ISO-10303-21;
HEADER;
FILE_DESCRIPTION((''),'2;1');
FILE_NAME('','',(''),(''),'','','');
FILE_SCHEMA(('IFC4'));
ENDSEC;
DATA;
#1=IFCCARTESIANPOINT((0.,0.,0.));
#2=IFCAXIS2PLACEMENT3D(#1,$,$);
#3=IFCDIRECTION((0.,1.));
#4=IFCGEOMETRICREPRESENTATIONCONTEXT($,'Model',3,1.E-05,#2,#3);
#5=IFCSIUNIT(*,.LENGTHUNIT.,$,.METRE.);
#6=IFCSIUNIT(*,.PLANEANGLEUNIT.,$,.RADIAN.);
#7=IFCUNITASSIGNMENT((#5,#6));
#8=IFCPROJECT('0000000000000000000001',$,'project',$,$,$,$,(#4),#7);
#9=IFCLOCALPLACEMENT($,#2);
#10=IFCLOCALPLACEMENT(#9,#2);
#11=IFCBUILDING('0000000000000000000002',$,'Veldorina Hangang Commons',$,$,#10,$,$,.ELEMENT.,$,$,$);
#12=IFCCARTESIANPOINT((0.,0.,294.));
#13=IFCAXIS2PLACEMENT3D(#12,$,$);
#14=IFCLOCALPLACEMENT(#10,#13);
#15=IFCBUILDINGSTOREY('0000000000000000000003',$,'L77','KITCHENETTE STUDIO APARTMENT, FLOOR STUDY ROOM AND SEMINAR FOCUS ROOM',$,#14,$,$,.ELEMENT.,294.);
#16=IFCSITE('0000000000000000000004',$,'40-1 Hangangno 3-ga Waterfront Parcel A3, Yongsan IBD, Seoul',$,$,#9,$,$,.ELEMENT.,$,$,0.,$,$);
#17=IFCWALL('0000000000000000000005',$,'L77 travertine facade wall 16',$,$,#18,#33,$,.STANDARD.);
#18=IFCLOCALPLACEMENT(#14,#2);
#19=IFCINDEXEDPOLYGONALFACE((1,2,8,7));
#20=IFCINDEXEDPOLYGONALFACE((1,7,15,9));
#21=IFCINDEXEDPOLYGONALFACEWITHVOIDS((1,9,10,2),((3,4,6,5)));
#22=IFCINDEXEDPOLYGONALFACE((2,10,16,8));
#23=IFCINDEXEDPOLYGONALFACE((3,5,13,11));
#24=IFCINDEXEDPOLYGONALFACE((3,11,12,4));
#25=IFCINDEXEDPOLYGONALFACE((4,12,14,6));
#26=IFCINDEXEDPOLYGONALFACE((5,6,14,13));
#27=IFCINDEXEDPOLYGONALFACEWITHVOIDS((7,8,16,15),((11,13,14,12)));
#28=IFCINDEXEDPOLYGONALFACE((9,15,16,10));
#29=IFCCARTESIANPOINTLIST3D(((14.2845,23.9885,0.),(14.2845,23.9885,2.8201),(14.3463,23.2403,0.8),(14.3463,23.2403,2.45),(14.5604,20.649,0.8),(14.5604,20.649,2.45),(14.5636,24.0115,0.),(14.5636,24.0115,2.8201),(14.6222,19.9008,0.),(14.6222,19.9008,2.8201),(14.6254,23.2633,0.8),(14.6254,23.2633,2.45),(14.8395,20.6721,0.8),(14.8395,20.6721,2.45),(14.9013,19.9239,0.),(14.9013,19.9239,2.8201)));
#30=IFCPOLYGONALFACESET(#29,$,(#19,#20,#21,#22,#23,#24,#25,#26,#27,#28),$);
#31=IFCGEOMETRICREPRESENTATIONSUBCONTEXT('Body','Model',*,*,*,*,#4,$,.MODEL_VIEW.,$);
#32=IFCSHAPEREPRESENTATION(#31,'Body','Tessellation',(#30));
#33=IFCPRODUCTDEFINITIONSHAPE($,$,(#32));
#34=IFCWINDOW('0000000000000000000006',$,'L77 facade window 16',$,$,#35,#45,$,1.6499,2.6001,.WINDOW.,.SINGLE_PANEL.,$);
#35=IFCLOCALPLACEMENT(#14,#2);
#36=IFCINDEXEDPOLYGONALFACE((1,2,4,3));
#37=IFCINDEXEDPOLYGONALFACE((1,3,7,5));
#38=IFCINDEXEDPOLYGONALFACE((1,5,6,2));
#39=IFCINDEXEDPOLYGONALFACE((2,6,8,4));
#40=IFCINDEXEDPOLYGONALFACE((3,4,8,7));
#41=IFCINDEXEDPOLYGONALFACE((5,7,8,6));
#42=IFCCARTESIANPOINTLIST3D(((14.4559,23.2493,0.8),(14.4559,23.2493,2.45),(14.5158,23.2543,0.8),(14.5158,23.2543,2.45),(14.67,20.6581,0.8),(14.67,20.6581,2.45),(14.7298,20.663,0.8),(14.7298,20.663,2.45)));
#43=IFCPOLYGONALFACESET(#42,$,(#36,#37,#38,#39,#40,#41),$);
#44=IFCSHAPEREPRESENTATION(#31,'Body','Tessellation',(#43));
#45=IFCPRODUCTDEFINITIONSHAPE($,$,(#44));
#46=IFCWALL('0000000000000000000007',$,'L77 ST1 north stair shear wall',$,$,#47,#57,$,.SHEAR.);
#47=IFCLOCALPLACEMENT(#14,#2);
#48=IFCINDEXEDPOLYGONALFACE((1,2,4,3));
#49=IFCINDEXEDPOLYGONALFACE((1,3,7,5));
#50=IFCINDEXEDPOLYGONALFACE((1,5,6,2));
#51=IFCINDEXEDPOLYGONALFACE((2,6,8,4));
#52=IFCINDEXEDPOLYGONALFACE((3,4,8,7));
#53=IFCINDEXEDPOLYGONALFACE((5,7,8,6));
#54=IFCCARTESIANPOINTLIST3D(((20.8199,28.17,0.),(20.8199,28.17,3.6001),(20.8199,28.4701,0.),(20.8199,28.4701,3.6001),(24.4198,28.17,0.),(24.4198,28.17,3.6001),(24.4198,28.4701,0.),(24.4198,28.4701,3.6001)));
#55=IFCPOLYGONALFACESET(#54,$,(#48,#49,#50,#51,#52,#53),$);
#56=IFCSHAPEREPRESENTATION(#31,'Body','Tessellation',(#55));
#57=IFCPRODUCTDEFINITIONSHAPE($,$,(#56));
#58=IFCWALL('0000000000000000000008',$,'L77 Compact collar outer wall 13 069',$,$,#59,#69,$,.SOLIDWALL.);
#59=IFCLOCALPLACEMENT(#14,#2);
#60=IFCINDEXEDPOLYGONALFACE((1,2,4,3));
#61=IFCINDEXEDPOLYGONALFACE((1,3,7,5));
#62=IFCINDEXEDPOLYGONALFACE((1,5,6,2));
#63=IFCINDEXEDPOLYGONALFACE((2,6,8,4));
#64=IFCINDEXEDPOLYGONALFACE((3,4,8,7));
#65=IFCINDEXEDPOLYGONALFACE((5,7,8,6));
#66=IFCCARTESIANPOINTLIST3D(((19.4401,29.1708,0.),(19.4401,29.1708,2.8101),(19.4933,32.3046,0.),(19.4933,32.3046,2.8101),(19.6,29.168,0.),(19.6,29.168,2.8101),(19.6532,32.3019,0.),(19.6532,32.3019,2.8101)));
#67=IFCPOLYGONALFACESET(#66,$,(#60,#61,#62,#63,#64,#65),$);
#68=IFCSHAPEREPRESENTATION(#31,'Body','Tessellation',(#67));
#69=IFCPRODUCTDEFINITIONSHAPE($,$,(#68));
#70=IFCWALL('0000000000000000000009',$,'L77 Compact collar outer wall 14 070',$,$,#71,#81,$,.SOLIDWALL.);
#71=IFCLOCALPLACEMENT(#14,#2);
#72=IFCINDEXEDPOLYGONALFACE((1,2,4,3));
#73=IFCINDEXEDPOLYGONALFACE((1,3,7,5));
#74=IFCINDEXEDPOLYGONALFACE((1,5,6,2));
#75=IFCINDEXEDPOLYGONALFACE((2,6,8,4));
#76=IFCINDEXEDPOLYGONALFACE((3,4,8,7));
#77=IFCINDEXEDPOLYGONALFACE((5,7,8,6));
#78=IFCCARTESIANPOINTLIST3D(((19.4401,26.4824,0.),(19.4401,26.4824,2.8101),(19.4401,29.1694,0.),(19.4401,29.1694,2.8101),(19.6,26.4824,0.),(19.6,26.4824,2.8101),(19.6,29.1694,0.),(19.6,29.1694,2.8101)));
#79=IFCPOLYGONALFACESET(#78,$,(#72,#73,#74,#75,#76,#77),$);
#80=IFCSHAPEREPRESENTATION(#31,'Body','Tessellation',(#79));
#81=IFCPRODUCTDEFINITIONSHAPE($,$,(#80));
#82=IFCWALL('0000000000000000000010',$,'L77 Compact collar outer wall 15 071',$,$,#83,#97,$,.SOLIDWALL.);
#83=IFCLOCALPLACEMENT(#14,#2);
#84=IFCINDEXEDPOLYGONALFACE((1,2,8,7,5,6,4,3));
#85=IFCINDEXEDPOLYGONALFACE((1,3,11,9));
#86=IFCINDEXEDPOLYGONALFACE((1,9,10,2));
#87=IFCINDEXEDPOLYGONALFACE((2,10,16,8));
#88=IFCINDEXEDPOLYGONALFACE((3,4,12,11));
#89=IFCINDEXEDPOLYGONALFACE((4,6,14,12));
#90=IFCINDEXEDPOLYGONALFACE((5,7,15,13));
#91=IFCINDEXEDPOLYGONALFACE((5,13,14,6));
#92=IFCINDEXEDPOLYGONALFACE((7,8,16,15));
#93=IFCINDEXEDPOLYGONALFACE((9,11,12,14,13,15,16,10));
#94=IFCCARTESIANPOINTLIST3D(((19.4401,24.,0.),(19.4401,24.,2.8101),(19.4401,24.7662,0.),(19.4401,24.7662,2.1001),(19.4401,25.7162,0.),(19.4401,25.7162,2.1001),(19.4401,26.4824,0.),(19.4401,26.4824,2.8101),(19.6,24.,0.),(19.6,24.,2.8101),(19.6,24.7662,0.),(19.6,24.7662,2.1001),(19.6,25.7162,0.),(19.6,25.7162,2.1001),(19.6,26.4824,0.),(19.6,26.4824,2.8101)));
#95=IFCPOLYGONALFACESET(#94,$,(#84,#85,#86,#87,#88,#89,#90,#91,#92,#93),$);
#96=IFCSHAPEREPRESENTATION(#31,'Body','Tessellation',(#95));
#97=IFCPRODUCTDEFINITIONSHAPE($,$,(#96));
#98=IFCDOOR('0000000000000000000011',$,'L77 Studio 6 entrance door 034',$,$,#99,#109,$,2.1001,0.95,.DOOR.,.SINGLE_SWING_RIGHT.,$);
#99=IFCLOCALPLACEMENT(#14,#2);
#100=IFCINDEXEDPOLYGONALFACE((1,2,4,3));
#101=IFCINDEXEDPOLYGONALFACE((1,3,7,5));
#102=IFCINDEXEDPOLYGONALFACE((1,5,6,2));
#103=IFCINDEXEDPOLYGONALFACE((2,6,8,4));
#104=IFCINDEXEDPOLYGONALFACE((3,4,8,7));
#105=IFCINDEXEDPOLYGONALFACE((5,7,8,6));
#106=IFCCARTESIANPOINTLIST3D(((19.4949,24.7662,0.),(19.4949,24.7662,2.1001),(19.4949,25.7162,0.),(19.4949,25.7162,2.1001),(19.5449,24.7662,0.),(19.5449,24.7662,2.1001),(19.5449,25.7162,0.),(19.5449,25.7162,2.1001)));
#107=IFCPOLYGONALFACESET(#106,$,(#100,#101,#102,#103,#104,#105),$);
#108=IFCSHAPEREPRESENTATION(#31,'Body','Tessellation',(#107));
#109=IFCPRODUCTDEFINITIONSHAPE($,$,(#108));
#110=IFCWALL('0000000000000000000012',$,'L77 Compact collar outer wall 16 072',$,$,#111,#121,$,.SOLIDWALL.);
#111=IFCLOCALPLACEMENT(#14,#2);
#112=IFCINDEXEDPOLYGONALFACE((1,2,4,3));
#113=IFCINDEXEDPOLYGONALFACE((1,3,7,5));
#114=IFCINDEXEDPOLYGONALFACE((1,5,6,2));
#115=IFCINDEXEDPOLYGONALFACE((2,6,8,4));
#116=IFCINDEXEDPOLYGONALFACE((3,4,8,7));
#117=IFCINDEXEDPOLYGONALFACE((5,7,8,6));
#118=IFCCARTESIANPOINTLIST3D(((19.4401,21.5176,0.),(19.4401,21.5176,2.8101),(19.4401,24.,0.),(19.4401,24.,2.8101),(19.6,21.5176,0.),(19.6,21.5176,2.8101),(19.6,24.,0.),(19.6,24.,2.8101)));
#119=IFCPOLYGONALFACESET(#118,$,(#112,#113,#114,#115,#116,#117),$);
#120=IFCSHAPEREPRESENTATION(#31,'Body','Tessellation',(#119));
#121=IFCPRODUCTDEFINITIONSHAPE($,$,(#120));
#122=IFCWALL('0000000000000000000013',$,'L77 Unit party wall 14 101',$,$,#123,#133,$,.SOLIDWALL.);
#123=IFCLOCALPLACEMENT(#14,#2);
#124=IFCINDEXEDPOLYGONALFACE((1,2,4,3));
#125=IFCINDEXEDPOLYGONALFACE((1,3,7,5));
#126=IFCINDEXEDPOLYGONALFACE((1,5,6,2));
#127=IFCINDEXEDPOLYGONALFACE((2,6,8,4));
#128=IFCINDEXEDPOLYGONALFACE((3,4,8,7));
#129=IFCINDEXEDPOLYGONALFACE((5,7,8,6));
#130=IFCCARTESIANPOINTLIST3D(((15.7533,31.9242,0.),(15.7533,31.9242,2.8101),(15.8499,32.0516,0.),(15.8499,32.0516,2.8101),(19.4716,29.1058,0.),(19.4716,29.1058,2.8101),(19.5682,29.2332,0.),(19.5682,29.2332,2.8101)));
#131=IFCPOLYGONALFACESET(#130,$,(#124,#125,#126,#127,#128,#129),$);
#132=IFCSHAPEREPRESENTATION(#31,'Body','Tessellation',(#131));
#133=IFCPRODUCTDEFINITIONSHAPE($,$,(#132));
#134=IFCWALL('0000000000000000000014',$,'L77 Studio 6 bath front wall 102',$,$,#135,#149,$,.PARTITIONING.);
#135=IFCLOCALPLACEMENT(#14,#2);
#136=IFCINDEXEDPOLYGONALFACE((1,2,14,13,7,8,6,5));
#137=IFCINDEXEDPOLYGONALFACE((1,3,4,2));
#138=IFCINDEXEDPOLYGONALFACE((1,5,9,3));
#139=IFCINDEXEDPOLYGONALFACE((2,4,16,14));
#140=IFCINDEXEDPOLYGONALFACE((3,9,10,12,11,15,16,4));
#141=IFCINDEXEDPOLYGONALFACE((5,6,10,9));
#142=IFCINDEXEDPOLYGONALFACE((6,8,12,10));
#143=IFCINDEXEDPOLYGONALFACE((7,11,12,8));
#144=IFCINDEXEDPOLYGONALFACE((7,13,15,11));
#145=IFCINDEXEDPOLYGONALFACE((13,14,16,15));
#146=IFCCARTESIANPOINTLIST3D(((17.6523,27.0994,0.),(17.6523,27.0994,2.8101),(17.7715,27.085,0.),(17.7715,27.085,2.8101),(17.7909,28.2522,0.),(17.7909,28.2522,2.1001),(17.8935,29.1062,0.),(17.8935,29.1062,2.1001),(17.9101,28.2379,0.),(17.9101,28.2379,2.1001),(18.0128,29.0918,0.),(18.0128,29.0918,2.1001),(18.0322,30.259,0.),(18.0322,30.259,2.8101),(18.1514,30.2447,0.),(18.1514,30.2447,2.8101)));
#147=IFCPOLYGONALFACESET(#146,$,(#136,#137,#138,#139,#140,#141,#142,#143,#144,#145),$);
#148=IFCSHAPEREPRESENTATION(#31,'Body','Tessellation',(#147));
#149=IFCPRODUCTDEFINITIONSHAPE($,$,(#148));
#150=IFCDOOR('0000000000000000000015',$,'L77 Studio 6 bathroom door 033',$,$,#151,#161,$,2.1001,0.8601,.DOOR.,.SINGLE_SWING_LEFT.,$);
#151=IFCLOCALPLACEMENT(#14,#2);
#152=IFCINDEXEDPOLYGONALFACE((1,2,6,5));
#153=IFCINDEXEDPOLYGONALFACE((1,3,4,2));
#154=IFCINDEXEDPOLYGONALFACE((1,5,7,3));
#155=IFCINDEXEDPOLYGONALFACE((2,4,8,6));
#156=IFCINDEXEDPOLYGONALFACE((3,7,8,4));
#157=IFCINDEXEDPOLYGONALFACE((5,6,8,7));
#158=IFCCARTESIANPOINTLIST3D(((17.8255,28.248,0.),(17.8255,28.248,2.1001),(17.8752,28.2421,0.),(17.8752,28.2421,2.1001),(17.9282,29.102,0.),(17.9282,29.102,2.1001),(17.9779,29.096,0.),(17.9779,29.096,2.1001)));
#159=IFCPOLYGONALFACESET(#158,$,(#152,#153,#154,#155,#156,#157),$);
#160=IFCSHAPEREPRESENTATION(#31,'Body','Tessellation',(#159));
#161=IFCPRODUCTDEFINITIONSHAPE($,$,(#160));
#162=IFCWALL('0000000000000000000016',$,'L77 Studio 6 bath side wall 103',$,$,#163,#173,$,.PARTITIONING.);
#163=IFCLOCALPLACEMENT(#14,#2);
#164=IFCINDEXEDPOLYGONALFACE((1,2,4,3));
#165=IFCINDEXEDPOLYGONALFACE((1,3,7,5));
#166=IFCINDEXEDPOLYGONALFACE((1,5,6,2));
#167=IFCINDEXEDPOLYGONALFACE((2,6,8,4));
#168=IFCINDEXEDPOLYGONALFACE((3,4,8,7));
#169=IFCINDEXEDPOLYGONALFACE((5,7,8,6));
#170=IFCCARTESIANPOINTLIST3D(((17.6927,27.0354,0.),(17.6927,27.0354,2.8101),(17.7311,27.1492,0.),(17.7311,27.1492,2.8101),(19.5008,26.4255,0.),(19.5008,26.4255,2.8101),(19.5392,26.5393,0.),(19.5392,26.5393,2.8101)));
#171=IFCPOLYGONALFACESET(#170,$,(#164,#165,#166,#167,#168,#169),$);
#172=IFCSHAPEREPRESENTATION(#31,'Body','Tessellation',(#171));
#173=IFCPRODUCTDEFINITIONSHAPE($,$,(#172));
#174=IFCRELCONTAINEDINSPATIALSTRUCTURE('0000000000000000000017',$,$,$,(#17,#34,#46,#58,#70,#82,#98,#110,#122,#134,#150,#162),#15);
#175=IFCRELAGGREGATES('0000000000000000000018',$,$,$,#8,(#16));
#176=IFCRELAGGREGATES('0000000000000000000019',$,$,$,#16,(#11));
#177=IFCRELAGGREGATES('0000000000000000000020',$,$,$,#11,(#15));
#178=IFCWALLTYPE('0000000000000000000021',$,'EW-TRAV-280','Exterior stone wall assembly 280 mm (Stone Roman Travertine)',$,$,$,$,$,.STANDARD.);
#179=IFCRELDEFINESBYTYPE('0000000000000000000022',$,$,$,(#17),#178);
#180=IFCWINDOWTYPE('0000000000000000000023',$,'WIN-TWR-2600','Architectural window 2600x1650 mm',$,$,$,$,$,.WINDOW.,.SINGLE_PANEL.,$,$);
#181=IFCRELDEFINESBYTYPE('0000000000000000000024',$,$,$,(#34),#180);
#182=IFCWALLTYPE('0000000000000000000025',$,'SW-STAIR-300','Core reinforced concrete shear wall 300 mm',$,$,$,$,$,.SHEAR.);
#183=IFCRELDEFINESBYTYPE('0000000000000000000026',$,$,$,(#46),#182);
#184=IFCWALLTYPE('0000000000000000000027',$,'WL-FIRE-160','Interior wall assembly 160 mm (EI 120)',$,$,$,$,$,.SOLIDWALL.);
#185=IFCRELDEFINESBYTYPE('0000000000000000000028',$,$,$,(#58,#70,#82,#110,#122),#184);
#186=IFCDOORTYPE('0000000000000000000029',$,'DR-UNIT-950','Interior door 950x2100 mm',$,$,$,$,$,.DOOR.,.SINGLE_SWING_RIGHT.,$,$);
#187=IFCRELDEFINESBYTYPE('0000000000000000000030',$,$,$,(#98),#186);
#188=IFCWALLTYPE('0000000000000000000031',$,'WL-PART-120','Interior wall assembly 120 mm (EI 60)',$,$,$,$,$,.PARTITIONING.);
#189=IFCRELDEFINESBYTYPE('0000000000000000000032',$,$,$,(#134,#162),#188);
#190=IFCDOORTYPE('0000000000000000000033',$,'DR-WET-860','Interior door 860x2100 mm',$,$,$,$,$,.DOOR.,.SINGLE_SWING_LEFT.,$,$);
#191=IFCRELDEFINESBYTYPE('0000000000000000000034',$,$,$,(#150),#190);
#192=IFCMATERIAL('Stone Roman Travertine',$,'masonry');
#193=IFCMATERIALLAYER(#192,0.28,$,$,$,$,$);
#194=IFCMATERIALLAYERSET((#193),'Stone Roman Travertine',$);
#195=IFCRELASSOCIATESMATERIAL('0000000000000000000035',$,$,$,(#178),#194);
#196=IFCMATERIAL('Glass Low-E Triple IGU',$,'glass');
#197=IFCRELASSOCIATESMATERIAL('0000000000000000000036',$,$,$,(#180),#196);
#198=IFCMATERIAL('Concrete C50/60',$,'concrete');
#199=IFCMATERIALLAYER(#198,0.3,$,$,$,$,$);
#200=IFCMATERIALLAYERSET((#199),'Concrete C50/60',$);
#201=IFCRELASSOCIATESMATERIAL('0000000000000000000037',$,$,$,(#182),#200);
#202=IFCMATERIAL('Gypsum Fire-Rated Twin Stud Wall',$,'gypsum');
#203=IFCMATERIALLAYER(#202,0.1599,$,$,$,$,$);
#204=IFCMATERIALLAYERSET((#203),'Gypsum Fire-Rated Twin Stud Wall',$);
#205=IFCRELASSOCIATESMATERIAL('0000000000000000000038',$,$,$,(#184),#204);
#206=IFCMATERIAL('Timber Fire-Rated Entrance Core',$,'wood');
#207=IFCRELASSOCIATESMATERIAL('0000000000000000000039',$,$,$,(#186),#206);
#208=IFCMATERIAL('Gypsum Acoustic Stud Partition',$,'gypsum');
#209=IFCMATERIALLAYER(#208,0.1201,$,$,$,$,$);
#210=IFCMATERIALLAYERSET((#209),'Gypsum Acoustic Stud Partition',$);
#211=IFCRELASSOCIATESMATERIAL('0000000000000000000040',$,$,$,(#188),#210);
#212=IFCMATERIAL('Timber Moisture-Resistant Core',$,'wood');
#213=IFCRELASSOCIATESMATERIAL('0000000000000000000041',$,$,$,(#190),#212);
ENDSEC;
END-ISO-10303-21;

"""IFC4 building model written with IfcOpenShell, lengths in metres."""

from ifc_helpers import new_model, si_unit, direction, frame, frame_2d, origin, place, context, subcontext, project, spatial, rectangle, extrude, material, layer, layer_set, type_object, element, fill, save


model = new_model("IFC4")

# Units and contexts
model_context = context("Model", 3, precision=1e-05, world=origin(), true_north=direction((0.0, 1.0)))
body_context = subcontext(model_context, "Body", "Model", "MODEL_VIEW")
ifc_project = project(units=[si_unit("LENGTHUNIT", "METRE"), si_unit("PLANEANGLEUNIT", "RADIAN")], contexts=[model_context])

# Site, building, storey
site_placement = place(None, origin())
site = spatial("IfcSite", under=ifc_project, at=site_placement, Name="40-1 Hangangno 3-ga Waterfront Parcel A3, Yongsan IBD, Seoul", CompositionType="ELEMENT", RefElevation=0.0)
building_placement = place(site_placement, origin())
building = spatial("IfcBuilding", under=site, at=building_placement, Name="Veldorina Hangang Commons", CompositionType="ELEMENT")
storey_placement = place(building_placement, frame((0.0, 0.0, 294.0)))
storey = spatial("IfcBuildingStorey", under=building, at=storey_placement, Name="L77", Description="KITCHENETTE STUDIO APARTMENT, FLOOR STUDY ROOM AND SEMINAR FOCUS ROOM", CompositionType="ELEMENT", Elevation=294.0)

# Shared definitions
ifc_material_1 = material(Name="Stone Roman Travertine", Category="masonry")
ifc_layer_1 = layer(ifc_material_1, 0.28)
ifc_layer_set_1 = layer_set([ifc_layer_1], Name="Stone Roman Travertine")
wall_type_1 = type_object("IfcWallType", Name="EW-TRAV-280", Description="Exterior stone wall assembly 280 mm (Stone Roman Travertine)", PredefinedType="STANDARD", material=ifc_layer_set_1)

# Wall, opening, window
wall_1_placement = place(storey_placement, frame((14.4241, 24.0, 0.0), z_axis=(0.0, 0.0, 1.0), x_axis=(0.082321, -0.996606, 0.0)))
wall_1 = element("IfcWall", 1, at=wall_1_placement, inside=storey, type_object=wall_type_1, Name="L77 travertine facade wall 16", PredefinedType="STANDARD", context=body_context, shape_type="SweptSolid", body=[
    extrude(rectangle(XDim=4.1016, YDim=0.28, at=frame_2d((2.0508, 0.0))), origin(), (0.0, 0.0, 1.0), 2.8201),
])
opening_1_placement = place(wall_1_placement, frame((0.7507, 0.0, 0.8)))
opening_1 = element("IfcOpeningElement", 2, at=opening_1_placement, cuts=wall_1, PredefinedType="OPENING", context=body_context, shape_type="SweptSolid", body=[
    extrude(rectangle(XDim=2.6001, YDim=1.6499, at=frame_2d((1.3, 0.825))), frame((0.0, 0.1499, 0.0), z_axis=(0.0, -1.0, 0.0), x_axis=(1.0, 0.0, 0.0)), (0.0, 0.0, 1.0), 0.3),
])
ifc_material_2 = material(Name="Glass Low-E Triple IGU", Category="glass")
window_type = type_object("IfcWindowType", Name="WIN-TWR-2600", Description="Architectural window 2600x1650 mm", PartitioningType="SINGLE_PANEL", PredefinedType="WINDOW", material=ifc_material_2)
window_placement = place(opening_1_placement, origin())
window = element("IfcWindow", 3, at=window_placement, inside=storey, type_object=window_type, Name="L77 facade window 16", OverallHeight=1.6499, OverallWidth=2.6001, PartitioningType="SINGLE_PANEL", PredefinedType="WINDOW", context=body_context, shape_type="SweptSolid", body=[
    extrude(rectangle(XDim=2.6001, YDim=1.6499, at=frame_2d((1.3, 0.825))), frame((0.0, 0.03, 0.0), z_axis=(0.0, -1.0, 0.0), x_axis=(1.0, 0.0, 0.0)), (0.0, 0.0, 1.0), 0.0601),
])
fill(opening_1, window)

# Walls
ifc_material_3 = material(Name="Concrete C50/60", Category="concrete")
ifc_layer_2 = layer(ifc_material_3, 0.3)
ifc_layer_set_2 = layer_set([ifc_layer_2], Name="Concrete C50/60")
wall_type_2 = type_object("IfcWallType", Name="SW-STAIR-300", Description="Core reinforced concrete shear wall 300 mm", PredefinedType="SHEAR", material=ifc_layer_set_2)
wall_2_placement = place(storey_placement, frame((20.8201, 28.3201, 0.0), z_axis=(0.0, 0.0, 1.0), x_axis=(1.0, 0.0, 0.0)))
element("IfcWall", 4, at=wall_2_placement, inside=storey, type_object=wall_type_2, Name="L77 ST1 north stair shear wall", PredefinedType="SHEAR", context=body_context, shape_type="SweptSolid", body=[
    extrude(rectangle(XDim=3.5999, YDim=0.3, at=frame_2d((1.7998, 0.0))), origin(), (0.0, 0.0, 1.0), 3.6001),
])
ifc_material_4 = material(Name="Gypsum Fire-Rated Twin Stud Wall", Category="gypsum")
ifc_layer_3 = layer(ifc_material_4, 0.1599)
ifc_layer_set_3 = layer_set([ifc_layer_3], Name="Gypsum Fire-Rated Twin Stud Wall")
wall_type_3 = type_object("IfcWallType", Name="WL-FIRE-160", Description="Interior wall assembly 160 mm (EI 120)", PredefinedType="SOLIDWALL", material=ifc_layer_set_3)
wall_3_placement = place(storey_placement, frame((19.5732, 32.3032, 0.0), z_axis=(0.0, 0.0, 1.0), x_axis=(-0.016981, -0.999856, 0.0)))
element("IfcWall", 5, at=wall_3_placement, inside=storey, type_object=wall_type_3, Name="L77 Compact collar outer wall 13 069", PredefinedType="SOLIDWALL", context=body_context, shape_type="SweptSolid", body=[
    extrude(rectangle(XDim=3.1343, YDim=0.1599, at=frame_2d((1.5671, 0.0))), origin(), (0.0, 0.0, 1.0), 2.8101),
])
wall_4_placement = place(storey_placement, frame((19.52, 29.1694, 0.0), z_axis=(0.0, 0.0, 1.0), x_axis=(0.0, -1.0, 0.0)))
element("IfcWall", 6, at=wall_4_placement, inside=storey, type_object=wall_type_3, Name="L77 Compact collar outer wall 14 070", PredefinedType="SOLIDWALL", context=body_context, shape_type="SweptSolid", body=[
    extrude(rectangle(XDim=2.687, YDim=0.1599, at=frame_2d((1.3435, 0.0))), origin(), (0.0, 0.0, 1.0), 2.8101),
])

# Wall, opening, door
wall_5_placement = place(storey_placement, frame((19.52, 26.4824, 0.0), z_axis=(0.0, 0.0, 1.0), x_axis=(0.0, -1.0, 0.0)))
wall_5 = element("IfcWall", 7, at=wall_5_placement, inside=storey, type_object=wall_type_3, Name="L77 Compact collar outer wall 15 071", PredefinedType="SOLIDWALL", context=body_context, shape_type="SweptSolid", body=[
    extrude(rectangle(XDim=2.4824, YDim=0.1599, at=frame_2d((1.2412, 0.0))), origin(), (0.0, 0.0, 1.0), 2.8101),
])
opening_2_placement = place(wall_5_placement, frame((0.7661, 0.0, 0.0)))
opening_2 = element("IfcOpeningElement", 8, at=opening_2_placement, cuts=wall_5, PredefinedType="OPENING", context=body_context, shape_type="SweptSolid", body=[
    extrude(rectangle(XDim=0.95, YDim=2.1001, at=frame_2d((0.4751, 1.05))), frame((0.0, 0.0898, 0.0), z_axis=(0.0, -1.0, 0.0), x_axis=(1.0, 0.0, 0.0)), (0.0, 0.0, 1.0), 0.1799),
])
ifc_material_5 = material(Name="Timber Fire-Rated Entrance Core", Category="wood")
door_type_1 = type_object("IfcDoorType", Name="DR-UNIT-950", Description="Interior door 950x2100 mm", OperationType="SINGLE_SWING_RIGHT", PredefinedType="DOOR", material=ifc_material_5)
door_1_placement = place(opening_2_placement, origin())
door_1 = element("IfcDoor", 9, at=door_1_placement, inside=storey, type_object=door_type_1, Name="L77 Studio 6 entrance door 034", OperationType="SINGLE_SWING_RIGHT", OverallHeight=2.1001, OverallWidth=0.95, PredefinedType="DOOR", context=body_context, shape_type="SweptSolid", body=[
    extrude(rectangle(XDim=0.95, YDim=2.1001, at=frame_2d((0.4751, 1.05))), frame((0.0, 0.0249, 0.0), z_axis=(0.0, -1.0, 0.0), x_axis=(1.0, 0.0, 0.0)), (0.0, 0.0, 1.0), 0.05),
])
fill(opening_2, door_1)

# Walls
wall_6_placement = place(storey_placement, frame((19.52, 24.0, 0.0), z_axis=(0.0, 0.0, 1.0), x_axis=(0.0, -1.0, 0.0)))
element("IfcWall", 10, at=wall_6_placement, inside=storey, type_object=wall_type_3, Name="L77 Compact collar outer wall 16 072", PredefinedType="SOLIDWALL", context=body_context, shape_type="SweptSolid", body=[
    extrude(rectangle(XDim=2.4824, YDim=0.1599, at=frame_2d((1.2412, 0.0))), origin(), (0.0, 0.0, 1.0), 2.8101),
])
wall_7_placement = place(storey_placement, frame((19.52, 29.1694, 0.0), z_axis=(0.0, 0.0, 1.0), x_axis=(-0.796938, 0.604061, 0.0)))
element("IfcWall", 11, at=wall_7_placement, inside=storey, type_object=wall_type_3, Name="L77 Unit party wall 14 101", PredefinedType="SOLIDWALL", context=body_context, shape_type="SweptSolid", body=[
    extrude(rectangle(XDim=4.6658, YDim=0.1599, at=frame_2d((2.333, 0.0))), origin(), (0.0, 0.0, 1.0), 2.8101),
])

# Wall, opening, door
ifc_material_6 = material(Name="Gypsum Acoustic Stud Partition", Category="gypsum")
ifc_layer_4 = layer(ifc_material_6, 0.1201)
ifc_layer_set_4 = layer_set([ifc_layer_4], Name="Gypsum Acoustic Stud Partition")
wall_type_4 = type_object("IfcWallType", Name="WL-PART-120", Description="Interior wall assembly 120 mm (EI 60)", PredefinedType="PARTITIONING", material=ifc_layer_set_4)
wall_8_placement = place(storey_placement, frame((18.0918, 30.252, 0.0), z_axis=(0.0, 0.0, 1.0), x_axis=(-0.119369, -0.99285, 0.0)))
wall_8 = element("IfcWall", 12, at=wall_8_placement, inside=storey, type_object=wall_type_4, Name="L77 Studio 6 bath front wall 102", PredefinedType="PARTITIONING", context=body_context, shape_type="SweptSolid", body=[
    extrude(rectangle(XDim=3.1824, YDim=0.1201, at=frame_2d((1.5913, 0.0))), origin(), (0.0, 0.0, 1.0), 2.8101),
])
opening_3_placement = place(wall_8_placement, frame((1.1611, 0.0, 0.0)))
opening_3 = element("IfcOpeningElement", 13, at=opening_3_placement, cuts=wall_8, PredefinedType="OPENING", context=body_context, shape_type="SweptSolid", body=[
    extrude(rectangle(XDim=0.8601, YDim=2.1001, at=frame_2d((0.4302, 1.05))), frame((0.0, 0.0701, 0.0), z_axis=(0.0, -1.0, 0.0), x_axis=(1.0, 0.0, 0.0)), (0.0, 0.0, 1.0), 0.1401),
])
ifc_material_7 = material(Name="Timber Moisture-Resistant Core", Category="wood")
door_type_2 = type_object("IfcDoorType", Name="DR-WET-860", Description="Interior door 860x2100 mm", OperationType="SINGLE_SWING_LEFT", PredefinedType="DOOR", material=ifc_material_7)
door_2_placement = place(opening_3_placement, origin())
door_2 = element("IfcDoor", 14, at=door_2_placement, inside=storey, type_object=door_type_2, Name="L77 Studio 6 bathroom door 033", OperationType="SINGLE_SWING_LEFT", OverallHeight=2.1001, OverallWidth=0.8601, PredefinedType="DOOR", context=body_context, shape_type="SweptSolid", body=[
    extrude(rectangle(XDim=0.8601, YDim=2.1001, at=frame_2d((0.4302, 1.05))), frame((0.0, 0.0249, 0.0), z_axis=(0.0, -1.0, 0.0), x_axis=(1.0, 0.0, 0.0)), (0.0, 0.0, 1.0), 0.05),
])
fill(opening_3, door_2)

# Wall
wall_9_placement = place(storey_placement, frame((19.52, 26.4824, 0.0), z_axis=(0.0, 0.0, 1.0), x_axis=(-0.947551, 0.319603, 0.0)))
element("IfcWall", 15, at=wall_9_placement, inside=storey, type_object=wall_type_4, Name="L77 Studio 6 bath side wall 103", PredefinedType="PARTITIONING", context=body_context, shape_type="SweptSolid", body=[
    extrude(rectangle(XDim=1.9082, YDim=0.1201, at=frame_2d((0.9541, 0.0))), origin(), (0.0, 0.0, 1.0), 2.8101),
])

save(model, "model.ifc")
